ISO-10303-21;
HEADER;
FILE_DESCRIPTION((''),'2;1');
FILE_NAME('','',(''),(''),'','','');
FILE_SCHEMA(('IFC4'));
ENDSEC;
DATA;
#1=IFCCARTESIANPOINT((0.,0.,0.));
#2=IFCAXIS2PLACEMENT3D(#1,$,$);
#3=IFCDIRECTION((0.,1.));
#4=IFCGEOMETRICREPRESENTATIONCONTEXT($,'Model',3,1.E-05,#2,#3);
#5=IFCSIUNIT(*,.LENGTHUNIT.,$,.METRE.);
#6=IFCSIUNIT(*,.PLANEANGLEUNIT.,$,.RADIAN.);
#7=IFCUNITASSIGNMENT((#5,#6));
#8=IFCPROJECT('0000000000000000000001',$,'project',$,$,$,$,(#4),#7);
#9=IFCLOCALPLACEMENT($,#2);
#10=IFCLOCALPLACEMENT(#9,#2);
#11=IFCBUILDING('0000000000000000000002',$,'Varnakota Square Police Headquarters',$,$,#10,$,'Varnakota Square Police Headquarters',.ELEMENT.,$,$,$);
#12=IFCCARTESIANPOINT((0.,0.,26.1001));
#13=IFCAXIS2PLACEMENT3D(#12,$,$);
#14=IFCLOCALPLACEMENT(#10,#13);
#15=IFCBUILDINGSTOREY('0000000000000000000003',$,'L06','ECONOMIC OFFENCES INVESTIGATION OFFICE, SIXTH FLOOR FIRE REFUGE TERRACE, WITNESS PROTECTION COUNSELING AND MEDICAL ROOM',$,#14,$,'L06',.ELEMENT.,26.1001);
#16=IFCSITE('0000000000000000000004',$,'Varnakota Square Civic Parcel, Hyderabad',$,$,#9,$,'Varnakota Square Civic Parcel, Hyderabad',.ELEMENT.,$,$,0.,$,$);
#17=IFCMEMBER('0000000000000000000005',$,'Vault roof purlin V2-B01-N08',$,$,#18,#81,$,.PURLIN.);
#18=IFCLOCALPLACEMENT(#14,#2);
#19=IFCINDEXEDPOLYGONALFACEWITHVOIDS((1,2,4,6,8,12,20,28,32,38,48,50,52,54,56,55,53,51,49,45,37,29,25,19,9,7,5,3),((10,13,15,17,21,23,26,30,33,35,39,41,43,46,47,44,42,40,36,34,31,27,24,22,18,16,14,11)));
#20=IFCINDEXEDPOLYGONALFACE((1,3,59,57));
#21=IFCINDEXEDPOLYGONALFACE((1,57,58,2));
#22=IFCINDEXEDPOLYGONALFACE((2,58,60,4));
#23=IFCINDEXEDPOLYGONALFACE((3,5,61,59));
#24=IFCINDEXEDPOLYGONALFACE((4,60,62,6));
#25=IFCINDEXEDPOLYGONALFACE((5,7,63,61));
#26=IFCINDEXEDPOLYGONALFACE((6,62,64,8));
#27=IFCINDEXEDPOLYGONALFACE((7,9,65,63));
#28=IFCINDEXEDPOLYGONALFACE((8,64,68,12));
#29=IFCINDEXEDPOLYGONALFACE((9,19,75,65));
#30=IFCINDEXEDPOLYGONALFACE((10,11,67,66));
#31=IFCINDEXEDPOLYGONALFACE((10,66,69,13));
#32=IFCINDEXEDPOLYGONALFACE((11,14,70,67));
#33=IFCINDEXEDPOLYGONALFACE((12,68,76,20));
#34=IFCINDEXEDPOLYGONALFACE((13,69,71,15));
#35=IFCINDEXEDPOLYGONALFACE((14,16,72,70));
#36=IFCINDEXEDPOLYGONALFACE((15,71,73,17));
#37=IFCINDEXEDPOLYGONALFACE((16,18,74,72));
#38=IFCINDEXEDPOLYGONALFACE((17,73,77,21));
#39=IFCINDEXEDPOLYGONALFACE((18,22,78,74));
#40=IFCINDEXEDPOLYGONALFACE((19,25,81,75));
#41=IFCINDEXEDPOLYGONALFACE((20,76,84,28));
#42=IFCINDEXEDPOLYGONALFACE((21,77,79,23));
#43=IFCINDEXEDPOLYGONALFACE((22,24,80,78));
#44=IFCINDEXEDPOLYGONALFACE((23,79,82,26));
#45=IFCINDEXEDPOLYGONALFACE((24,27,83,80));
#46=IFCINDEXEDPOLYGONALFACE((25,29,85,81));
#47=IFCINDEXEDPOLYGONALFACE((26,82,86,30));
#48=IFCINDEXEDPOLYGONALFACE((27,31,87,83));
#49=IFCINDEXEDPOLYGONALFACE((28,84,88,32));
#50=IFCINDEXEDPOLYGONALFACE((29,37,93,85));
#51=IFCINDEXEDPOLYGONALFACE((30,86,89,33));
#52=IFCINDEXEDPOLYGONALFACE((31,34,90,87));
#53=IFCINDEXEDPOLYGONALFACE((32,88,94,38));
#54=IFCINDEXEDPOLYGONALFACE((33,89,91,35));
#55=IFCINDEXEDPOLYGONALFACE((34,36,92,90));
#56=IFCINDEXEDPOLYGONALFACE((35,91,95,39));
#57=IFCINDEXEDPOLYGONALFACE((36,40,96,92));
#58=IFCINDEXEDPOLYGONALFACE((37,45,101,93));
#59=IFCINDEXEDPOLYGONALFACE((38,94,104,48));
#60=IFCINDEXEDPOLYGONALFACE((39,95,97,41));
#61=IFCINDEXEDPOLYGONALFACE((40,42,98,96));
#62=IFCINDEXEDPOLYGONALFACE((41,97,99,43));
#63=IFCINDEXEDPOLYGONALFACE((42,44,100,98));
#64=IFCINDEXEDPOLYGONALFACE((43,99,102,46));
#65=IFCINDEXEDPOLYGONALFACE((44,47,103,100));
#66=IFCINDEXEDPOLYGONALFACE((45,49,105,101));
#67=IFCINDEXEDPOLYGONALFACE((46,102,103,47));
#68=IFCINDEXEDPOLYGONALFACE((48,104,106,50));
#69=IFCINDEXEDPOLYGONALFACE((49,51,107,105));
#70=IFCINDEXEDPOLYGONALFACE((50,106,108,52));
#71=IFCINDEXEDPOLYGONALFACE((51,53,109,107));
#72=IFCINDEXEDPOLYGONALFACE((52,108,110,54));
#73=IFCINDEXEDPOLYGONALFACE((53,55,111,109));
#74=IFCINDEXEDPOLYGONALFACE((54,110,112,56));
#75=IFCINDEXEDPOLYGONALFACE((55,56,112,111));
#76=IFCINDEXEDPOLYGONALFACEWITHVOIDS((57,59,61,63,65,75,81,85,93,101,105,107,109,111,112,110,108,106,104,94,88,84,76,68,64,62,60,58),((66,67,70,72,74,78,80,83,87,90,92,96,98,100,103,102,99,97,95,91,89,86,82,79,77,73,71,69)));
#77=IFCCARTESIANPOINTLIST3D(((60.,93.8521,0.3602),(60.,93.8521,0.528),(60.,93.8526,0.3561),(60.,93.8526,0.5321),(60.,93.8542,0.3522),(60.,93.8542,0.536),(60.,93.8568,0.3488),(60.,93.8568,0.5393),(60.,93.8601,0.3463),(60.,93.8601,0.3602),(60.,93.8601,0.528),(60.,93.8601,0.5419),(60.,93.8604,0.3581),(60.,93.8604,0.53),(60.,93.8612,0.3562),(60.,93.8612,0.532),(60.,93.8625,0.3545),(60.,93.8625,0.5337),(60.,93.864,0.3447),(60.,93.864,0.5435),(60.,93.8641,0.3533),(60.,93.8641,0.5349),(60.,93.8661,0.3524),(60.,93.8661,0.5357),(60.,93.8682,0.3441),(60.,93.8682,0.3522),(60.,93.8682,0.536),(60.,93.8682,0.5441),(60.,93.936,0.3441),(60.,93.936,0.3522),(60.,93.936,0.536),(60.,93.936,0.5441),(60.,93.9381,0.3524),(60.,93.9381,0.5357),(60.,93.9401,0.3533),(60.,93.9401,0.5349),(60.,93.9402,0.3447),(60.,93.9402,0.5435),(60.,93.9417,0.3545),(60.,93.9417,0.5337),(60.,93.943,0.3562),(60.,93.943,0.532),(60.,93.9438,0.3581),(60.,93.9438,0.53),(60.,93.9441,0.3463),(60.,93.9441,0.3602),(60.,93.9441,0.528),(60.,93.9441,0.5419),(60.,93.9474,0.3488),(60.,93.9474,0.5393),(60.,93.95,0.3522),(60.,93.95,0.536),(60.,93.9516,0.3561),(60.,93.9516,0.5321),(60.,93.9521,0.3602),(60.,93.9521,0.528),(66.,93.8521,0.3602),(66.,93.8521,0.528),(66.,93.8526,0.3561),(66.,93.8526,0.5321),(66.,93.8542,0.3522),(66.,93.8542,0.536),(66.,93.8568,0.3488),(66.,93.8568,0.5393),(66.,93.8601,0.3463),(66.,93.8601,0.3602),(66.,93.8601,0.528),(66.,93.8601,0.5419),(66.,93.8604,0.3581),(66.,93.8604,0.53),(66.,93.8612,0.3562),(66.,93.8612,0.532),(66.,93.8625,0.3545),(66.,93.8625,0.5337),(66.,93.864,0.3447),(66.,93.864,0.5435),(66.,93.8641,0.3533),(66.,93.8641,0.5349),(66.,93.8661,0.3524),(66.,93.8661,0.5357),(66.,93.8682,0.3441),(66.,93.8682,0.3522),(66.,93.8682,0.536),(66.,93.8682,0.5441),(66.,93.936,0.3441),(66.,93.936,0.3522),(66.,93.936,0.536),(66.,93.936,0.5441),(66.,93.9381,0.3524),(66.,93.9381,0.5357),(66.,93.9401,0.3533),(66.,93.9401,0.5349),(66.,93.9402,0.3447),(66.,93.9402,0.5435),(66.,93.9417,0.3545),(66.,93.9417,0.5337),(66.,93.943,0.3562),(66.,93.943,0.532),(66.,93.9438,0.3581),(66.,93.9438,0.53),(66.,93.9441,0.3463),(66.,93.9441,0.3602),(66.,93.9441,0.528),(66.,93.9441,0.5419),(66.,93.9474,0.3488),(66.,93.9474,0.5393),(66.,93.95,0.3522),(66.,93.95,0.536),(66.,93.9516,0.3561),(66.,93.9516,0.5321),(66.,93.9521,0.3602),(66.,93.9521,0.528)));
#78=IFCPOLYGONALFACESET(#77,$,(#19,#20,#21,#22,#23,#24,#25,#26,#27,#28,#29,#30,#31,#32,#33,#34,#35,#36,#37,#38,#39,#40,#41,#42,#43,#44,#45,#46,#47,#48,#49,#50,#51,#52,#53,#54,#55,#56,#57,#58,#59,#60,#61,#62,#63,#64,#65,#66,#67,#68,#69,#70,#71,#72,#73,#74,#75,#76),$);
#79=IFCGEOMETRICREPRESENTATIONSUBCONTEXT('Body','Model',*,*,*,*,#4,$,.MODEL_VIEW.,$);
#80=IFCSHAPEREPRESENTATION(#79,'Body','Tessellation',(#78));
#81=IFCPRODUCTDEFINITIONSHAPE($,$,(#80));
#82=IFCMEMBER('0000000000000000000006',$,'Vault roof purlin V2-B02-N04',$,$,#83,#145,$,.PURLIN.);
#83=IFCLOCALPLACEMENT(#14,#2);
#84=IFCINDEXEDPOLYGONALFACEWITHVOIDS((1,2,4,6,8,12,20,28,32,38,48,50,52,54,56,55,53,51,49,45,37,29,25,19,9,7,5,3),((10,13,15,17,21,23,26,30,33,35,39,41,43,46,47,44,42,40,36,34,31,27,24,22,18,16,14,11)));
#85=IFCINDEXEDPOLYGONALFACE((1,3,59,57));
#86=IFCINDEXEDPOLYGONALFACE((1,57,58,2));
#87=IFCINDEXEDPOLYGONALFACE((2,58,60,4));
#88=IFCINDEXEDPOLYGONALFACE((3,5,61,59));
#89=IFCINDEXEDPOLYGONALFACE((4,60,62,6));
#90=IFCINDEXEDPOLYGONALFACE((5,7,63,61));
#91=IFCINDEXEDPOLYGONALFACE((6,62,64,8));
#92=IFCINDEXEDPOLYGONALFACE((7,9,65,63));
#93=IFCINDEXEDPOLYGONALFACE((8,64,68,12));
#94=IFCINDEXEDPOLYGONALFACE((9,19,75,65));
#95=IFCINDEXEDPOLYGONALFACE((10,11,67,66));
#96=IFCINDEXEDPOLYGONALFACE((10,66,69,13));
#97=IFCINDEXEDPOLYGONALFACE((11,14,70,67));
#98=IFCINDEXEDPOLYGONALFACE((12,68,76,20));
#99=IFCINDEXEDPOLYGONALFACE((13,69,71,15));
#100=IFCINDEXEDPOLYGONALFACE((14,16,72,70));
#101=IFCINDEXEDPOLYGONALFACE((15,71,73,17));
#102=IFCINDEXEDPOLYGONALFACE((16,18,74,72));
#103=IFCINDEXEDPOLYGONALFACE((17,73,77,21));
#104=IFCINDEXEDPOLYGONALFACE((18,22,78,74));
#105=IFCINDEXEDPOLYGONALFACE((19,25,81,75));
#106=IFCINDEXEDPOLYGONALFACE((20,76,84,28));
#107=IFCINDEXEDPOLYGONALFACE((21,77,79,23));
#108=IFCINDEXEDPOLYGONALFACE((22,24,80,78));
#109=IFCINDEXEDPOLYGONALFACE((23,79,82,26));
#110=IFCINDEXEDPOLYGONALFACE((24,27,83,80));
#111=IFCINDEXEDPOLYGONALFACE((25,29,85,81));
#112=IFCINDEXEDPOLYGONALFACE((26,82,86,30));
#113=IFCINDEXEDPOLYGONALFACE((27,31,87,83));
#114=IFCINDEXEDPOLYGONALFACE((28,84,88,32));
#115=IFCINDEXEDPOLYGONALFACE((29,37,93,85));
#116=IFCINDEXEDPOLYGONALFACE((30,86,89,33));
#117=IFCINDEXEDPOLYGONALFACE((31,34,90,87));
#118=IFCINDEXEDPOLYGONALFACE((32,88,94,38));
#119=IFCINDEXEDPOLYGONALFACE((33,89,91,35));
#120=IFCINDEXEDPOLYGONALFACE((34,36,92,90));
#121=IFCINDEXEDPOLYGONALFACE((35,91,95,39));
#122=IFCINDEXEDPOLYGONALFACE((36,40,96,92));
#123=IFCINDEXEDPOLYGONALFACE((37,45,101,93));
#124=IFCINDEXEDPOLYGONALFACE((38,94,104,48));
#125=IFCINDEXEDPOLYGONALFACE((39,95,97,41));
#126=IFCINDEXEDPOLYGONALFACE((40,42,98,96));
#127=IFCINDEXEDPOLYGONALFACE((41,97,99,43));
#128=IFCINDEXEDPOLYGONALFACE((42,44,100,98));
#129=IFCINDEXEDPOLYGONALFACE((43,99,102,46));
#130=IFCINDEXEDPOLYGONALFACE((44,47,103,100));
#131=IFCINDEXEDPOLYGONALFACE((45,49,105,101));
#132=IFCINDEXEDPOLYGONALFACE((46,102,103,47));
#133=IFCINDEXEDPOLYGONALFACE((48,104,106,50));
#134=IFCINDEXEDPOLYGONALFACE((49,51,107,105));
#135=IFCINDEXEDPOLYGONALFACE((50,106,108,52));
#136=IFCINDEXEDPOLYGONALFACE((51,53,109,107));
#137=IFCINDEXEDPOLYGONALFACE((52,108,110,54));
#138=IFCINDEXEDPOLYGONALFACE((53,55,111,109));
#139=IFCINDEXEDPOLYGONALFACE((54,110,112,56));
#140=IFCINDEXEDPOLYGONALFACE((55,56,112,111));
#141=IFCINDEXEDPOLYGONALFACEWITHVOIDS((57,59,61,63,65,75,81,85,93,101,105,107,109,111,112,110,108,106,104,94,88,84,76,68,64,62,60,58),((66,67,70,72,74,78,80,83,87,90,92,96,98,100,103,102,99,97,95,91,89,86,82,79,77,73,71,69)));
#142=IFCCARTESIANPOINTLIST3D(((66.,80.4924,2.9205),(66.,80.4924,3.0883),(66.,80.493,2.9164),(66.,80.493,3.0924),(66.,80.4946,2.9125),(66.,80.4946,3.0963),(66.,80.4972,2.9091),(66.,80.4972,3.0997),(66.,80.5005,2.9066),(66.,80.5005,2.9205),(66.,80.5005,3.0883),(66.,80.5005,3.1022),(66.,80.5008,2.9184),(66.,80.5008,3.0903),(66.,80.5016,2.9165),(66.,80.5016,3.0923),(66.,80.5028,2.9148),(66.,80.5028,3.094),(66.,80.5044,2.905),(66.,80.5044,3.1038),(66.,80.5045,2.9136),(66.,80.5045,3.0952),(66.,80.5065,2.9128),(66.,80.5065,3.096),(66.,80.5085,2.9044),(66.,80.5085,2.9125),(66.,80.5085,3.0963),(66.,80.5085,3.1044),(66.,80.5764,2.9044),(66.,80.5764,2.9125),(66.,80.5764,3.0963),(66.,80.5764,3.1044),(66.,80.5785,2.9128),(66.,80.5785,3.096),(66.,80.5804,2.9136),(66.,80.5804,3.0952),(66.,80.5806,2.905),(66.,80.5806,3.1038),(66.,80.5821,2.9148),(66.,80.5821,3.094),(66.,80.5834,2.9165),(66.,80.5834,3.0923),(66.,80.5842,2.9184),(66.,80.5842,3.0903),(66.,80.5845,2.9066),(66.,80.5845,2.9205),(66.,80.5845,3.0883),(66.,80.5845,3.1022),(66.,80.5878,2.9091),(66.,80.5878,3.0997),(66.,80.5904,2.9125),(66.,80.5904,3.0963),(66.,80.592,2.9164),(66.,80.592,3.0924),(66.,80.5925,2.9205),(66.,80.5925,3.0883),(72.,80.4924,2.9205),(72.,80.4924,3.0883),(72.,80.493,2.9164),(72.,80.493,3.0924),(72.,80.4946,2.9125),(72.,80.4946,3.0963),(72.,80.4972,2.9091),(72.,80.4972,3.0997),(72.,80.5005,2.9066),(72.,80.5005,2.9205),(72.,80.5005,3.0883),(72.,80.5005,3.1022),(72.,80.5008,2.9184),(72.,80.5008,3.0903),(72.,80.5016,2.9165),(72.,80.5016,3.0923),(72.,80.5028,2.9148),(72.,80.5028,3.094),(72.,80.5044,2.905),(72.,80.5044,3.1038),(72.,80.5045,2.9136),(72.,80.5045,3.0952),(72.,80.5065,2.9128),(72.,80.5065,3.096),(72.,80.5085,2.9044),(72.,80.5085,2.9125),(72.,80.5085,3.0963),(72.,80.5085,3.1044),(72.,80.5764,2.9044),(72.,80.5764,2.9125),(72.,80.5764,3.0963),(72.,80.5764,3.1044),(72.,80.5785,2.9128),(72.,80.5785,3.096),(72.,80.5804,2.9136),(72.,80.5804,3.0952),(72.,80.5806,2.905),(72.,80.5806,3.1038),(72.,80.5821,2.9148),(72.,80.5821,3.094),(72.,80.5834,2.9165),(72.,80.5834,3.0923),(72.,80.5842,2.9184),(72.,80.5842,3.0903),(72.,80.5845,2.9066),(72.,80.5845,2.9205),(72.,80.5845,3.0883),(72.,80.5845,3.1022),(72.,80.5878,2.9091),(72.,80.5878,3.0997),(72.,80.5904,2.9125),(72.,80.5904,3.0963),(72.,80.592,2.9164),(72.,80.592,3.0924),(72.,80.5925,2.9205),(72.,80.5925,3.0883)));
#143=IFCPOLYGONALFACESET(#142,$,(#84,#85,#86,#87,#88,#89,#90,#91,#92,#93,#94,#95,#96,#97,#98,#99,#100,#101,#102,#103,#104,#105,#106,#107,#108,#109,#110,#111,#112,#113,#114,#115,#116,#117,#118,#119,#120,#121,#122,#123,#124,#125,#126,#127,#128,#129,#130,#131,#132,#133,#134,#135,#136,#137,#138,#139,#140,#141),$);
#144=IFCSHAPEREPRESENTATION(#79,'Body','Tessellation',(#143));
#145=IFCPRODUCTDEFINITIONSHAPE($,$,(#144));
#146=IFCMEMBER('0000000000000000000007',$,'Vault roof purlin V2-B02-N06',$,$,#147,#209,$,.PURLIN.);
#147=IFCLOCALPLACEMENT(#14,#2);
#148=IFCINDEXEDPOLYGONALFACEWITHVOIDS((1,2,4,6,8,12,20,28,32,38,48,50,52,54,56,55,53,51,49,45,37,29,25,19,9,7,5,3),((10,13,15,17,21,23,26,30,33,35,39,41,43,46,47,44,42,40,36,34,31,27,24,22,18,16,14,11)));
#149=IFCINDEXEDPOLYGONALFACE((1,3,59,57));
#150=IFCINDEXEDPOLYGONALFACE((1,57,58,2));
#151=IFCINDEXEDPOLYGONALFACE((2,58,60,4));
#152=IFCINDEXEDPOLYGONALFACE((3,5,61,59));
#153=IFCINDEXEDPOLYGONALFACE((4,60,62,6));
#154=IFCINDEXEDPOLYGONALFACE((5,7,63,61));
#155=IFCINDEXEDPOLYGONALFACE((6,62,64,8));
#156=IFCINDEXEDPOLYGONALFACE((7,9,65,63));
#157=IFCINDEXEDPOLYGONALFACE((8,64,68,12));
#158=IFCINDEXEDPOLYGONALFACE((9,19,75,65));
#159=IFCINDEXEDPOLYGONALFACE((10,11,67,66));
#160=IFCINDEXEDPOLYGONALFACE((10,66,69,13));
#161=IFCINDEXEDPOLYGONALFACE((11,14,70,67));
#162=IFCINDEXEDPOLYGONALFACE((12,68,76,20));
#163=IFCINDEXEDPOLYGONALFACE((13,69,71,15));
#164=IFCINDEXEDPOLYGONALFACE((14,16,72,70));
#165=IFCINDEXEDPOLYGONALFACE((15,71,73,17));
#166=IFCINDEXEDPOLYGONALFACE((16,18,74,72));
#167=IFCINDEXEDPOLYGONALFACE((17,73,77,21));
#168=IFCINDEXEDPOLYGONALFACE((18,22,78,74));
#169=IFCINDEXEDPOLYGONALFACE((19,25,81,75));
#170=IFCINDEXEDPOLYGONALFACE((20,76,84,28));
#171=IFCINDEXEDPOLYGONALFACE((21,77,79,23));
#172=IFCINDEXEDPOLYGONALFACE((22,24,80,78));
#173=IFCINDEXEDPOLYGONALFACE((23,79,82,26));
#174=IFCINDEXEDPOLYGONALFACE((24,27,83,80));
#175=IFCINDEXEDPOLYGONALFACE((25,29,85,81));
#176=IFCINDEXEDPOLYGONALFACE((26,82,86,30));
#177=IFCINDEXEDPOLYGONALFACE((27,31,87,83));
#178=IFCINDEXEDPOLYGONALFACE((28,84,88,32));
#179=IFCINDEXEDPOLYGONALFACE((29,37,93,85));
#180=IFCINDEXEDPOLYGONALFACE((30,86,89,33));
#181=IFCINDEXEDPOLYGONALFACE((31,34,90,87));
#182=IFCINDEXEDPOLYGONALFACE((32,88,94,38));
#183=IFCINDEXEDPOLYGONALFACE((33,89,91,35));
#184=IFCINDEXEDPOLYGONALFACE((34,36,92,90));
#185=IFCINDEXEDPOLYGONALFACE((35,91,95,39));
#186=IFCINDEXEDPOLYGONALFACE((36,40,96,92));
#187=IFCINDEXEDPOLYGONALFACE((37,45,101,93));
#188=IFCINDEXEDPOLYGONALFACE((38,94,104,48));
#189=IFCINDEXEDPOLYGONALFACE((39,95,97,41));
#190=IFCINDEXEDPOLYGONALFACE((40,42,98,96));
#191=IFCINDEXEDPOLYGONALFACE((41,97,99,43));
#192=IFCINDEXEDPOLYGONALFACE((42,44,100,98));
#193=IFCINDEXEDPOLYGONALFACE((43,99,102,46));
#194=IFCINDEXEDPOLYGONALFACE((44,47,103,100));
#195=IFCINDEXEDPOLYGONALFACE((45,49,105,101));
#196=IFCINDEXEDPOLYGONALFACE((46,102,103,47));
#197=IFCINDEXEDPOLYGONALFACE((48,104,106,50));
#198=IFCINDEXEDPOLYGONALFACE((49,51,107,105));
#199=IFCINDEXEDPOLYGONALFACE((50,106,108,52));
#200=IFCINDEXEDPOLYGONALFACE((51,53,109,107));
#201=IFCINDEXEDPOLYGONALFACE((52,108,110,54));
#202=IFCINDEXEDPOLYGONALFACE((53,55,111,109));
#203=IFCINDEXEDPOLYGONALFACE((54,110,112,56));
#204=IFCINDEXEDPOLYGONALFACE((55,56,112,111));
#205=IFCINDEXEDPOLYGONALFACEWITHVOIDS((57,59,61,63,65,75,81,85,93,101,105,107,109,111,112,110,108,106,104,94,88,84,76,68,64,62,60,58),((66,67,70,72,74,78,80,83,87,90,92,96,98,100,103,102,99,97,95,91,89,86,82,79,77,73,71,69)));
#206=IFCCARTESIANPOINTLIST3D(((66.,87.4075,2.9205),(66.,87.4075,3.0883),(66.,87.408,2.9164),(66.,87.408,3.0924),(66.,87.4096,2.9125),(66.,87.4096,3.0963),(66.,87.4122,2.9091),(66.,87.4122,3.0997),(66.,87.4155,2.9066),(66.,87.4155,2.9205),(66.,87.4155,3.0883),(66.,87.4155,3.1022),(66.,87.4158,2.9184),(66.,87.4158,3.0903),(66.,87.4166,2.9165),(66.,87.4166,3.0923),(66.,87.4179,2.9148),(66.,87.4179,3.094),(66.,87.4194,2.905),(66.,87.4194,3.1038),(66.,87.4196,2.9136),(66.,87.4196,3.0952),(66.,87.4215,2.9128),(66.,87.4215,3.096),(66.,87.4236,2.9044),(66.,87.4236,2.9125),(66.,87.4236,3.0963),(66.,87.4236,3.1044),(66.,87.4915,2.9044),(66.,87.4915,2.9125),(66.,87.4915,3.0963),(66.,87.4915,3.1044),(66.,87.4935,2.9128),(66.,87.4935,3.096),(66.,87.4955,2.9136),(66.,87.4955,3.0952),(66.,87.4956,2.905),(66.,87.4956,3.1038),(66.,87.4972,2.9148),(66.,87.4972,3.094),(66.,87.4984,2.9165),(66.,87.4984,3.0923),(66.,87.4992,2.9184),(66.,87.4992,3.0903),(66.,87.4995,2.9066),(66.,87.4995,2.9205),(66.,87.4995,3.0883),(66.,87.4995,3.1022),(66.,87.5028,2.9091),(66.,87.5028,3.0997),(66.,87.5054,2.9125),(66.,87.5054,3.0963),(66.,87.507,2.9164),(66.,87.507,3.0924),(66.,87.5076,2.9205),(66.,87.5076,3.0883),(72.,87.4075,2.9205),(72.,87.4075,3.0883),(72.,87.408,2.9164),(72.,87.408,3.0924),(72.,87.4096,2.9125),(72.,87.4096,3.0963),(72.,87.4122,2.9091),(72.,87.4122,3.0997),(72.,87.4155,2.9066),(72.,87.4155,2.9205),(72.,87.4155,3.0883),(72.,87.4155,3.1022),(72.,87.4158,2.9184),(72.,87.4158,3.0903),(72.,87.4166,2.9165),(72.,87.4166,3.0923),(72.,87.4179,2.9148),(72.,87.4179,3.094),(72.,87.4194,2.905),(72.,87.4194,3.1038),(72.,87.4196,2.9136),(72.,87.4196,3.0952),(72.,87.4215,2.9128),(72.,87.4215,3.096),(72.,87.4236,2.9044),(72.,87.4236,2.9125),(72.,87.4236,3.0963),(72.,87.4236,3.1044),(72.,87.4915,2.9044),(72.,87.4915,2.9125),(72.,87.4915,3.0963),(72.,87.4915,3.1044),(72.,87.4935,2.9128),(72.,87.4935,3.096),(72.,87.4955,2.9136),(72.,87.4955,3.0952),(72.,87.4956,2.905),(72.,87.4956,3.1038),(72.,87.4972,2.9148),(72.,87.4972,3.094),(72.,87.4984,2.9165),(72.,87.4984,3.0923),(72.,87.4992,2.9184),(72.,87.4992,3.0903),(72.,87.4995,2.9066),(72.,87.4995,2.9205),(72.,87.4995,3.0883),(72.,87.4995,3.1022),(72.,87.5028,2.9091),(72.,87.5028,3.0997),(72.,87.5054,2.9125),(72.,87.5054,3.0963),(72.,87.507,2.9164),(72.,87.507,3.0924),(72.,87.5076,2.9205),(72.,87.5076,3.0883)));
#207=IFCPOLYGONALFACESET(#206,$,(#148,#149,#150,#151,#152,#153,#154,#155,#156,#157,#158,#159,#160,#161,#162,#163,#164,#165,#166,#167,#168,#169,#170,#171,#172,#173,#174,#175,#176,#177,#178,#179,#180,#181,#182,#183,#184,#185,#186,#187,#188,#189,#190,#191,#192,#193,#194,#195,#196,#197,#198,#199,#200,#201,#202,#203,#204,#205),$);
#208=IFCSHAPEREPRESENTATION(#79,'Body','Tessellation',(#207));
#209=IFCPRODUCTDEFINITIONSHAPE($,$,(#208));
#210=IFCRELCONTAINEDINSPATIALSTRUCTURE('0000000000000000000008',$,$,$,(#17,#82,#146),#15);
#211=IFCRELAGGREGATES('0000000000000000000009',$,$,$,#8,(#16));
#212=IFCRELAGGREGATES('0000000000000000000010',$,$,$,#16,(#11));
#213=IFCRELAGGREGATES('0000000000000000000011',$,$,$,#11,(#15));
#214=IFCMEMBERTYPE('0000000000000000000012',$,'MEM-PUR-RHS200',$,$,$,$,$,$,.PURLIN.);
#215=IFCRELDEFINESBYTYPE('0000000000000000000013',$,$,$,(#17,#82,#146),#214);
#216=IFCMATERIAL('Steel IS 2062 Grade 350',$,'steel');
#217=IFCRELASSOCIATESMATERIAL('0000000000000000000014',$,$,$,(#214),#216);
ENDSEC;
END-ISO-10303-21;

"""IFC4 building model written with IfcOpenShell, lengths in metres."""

from ifc_helpers import new_model, si_unit, direction, frame, origin, origin_2d, place, context, subcontext, project, spatial, hollow_rectangle, extrude, material, material_profile, profile_set, type_object, element, save


model = new_model("IFC4")

# Units and contexts
model_context = context("Model", 3, precision=1e-05, world=origin(), true_north=direction((0.0, 1.0)))
body_context = subcontext(model_context, "Body", "Model", "MODEL_VIEW")
ifc_project = project(units=[si_unit("LENGTHUNIT", "METRE"), si_unit("PLANEANGLEUNIT", "RADIAN")], contexts=[model_context])

# Site, building, storey
site_placement = place(None, origin())
site = spatial("IfcSite", under=ifc_project, at=site_placement, Name="Varnakota Square Civic Parcel, Hyderabad", LongName="Varnakota Square Civic Parcel, Hyderabad", CompositionType="ELEMENT", RefElevation=0.0)
building_placement = place(site_placement, origin())
building = spatial("IfcBuilding", under=site, at=building_placement, Name="Varnakota Square Police Headquarters", LongName="Varnakota Square Police Headquarters", CompositionType="ELEMENT")
storey_placement = place(building_placement, frame((0.0, 0.0, 26.1001)))
storey = spatial("IfcBuildingStorey", under=building, at=storey_placement, Name="L06", Description="ECONOMIC OFFENCES INVESTIGATION OFFICE, SIXTH FLOOR FIRE REFUGE TERRACE, WITNESS PROTECTION COUNSELING AND MEDICAL ROOM", LongName="L06", CompositionType="ELEMENT", Elevation=26.1001)

# Shared definitions
ifc_material_1 = material(Name="Steel IS 2062 Grade 350", Category="steel")

# Members
ifc_material_profile_1 = material_profile(ifc_material_1, hollow_rectangle(XDim=0.1001, YDim=0.2, WallThickness=0.0081, InnerFilletRadius=0.0081, OuterFilletRadius=0.0161, at=origin_2d()), Name="RHS 200x100x8")
ifc_profile_set_1 = profile_set([ifc_material_profile_1], Name="Steel IS 2062 Grade 350")
member_type_1 = type_object("IfcMemberType", Name="MEM-PUR-RHS200", PredefinedType="PURLIN", material=ifc_profile_set_1)
for number, where, z_axis, x_axis, name in (
    (1, (60.0, 93.9021, 0.4441), (1.0, 0.0, 0.0), (0.0, 1.0, 0.0), "Vault roof purlin V2-B01-N08"),
    (2, (66.0, 80.5425, 3.0044), (1.0, 0.0, 0.0), (0.0, 1.0, 0.0), "Vault roof purlin V2-B02-N04"),
    (3, (66.0, 87.4575, 3.0044), (1.0, 0.0, 0.0), (0.0, 1.0, 0.0), "Vault roof purlin V2-B02-N06"),
):
    element("IfcMember", number, at=place(storey_placement, frame(where, z_axis=z_axis, x_axis=x_axis)), inside=storey, type_object=member_type_1, Name=name, PredefinedType="PURLIN", context=body_context, shape_type="SweptSolid", body=[
        extrude(hollow_rectangle(XDim=0.1001, YDim=0.2, WallThickness=0.0081, InnerFilletRadius=0.0081, OuterFilletRadius=0.0161, at=origin_2d()), origin(), (0.0, 0.0, 1.0), 6.0),
    ])

save(model, "model.ifc")
